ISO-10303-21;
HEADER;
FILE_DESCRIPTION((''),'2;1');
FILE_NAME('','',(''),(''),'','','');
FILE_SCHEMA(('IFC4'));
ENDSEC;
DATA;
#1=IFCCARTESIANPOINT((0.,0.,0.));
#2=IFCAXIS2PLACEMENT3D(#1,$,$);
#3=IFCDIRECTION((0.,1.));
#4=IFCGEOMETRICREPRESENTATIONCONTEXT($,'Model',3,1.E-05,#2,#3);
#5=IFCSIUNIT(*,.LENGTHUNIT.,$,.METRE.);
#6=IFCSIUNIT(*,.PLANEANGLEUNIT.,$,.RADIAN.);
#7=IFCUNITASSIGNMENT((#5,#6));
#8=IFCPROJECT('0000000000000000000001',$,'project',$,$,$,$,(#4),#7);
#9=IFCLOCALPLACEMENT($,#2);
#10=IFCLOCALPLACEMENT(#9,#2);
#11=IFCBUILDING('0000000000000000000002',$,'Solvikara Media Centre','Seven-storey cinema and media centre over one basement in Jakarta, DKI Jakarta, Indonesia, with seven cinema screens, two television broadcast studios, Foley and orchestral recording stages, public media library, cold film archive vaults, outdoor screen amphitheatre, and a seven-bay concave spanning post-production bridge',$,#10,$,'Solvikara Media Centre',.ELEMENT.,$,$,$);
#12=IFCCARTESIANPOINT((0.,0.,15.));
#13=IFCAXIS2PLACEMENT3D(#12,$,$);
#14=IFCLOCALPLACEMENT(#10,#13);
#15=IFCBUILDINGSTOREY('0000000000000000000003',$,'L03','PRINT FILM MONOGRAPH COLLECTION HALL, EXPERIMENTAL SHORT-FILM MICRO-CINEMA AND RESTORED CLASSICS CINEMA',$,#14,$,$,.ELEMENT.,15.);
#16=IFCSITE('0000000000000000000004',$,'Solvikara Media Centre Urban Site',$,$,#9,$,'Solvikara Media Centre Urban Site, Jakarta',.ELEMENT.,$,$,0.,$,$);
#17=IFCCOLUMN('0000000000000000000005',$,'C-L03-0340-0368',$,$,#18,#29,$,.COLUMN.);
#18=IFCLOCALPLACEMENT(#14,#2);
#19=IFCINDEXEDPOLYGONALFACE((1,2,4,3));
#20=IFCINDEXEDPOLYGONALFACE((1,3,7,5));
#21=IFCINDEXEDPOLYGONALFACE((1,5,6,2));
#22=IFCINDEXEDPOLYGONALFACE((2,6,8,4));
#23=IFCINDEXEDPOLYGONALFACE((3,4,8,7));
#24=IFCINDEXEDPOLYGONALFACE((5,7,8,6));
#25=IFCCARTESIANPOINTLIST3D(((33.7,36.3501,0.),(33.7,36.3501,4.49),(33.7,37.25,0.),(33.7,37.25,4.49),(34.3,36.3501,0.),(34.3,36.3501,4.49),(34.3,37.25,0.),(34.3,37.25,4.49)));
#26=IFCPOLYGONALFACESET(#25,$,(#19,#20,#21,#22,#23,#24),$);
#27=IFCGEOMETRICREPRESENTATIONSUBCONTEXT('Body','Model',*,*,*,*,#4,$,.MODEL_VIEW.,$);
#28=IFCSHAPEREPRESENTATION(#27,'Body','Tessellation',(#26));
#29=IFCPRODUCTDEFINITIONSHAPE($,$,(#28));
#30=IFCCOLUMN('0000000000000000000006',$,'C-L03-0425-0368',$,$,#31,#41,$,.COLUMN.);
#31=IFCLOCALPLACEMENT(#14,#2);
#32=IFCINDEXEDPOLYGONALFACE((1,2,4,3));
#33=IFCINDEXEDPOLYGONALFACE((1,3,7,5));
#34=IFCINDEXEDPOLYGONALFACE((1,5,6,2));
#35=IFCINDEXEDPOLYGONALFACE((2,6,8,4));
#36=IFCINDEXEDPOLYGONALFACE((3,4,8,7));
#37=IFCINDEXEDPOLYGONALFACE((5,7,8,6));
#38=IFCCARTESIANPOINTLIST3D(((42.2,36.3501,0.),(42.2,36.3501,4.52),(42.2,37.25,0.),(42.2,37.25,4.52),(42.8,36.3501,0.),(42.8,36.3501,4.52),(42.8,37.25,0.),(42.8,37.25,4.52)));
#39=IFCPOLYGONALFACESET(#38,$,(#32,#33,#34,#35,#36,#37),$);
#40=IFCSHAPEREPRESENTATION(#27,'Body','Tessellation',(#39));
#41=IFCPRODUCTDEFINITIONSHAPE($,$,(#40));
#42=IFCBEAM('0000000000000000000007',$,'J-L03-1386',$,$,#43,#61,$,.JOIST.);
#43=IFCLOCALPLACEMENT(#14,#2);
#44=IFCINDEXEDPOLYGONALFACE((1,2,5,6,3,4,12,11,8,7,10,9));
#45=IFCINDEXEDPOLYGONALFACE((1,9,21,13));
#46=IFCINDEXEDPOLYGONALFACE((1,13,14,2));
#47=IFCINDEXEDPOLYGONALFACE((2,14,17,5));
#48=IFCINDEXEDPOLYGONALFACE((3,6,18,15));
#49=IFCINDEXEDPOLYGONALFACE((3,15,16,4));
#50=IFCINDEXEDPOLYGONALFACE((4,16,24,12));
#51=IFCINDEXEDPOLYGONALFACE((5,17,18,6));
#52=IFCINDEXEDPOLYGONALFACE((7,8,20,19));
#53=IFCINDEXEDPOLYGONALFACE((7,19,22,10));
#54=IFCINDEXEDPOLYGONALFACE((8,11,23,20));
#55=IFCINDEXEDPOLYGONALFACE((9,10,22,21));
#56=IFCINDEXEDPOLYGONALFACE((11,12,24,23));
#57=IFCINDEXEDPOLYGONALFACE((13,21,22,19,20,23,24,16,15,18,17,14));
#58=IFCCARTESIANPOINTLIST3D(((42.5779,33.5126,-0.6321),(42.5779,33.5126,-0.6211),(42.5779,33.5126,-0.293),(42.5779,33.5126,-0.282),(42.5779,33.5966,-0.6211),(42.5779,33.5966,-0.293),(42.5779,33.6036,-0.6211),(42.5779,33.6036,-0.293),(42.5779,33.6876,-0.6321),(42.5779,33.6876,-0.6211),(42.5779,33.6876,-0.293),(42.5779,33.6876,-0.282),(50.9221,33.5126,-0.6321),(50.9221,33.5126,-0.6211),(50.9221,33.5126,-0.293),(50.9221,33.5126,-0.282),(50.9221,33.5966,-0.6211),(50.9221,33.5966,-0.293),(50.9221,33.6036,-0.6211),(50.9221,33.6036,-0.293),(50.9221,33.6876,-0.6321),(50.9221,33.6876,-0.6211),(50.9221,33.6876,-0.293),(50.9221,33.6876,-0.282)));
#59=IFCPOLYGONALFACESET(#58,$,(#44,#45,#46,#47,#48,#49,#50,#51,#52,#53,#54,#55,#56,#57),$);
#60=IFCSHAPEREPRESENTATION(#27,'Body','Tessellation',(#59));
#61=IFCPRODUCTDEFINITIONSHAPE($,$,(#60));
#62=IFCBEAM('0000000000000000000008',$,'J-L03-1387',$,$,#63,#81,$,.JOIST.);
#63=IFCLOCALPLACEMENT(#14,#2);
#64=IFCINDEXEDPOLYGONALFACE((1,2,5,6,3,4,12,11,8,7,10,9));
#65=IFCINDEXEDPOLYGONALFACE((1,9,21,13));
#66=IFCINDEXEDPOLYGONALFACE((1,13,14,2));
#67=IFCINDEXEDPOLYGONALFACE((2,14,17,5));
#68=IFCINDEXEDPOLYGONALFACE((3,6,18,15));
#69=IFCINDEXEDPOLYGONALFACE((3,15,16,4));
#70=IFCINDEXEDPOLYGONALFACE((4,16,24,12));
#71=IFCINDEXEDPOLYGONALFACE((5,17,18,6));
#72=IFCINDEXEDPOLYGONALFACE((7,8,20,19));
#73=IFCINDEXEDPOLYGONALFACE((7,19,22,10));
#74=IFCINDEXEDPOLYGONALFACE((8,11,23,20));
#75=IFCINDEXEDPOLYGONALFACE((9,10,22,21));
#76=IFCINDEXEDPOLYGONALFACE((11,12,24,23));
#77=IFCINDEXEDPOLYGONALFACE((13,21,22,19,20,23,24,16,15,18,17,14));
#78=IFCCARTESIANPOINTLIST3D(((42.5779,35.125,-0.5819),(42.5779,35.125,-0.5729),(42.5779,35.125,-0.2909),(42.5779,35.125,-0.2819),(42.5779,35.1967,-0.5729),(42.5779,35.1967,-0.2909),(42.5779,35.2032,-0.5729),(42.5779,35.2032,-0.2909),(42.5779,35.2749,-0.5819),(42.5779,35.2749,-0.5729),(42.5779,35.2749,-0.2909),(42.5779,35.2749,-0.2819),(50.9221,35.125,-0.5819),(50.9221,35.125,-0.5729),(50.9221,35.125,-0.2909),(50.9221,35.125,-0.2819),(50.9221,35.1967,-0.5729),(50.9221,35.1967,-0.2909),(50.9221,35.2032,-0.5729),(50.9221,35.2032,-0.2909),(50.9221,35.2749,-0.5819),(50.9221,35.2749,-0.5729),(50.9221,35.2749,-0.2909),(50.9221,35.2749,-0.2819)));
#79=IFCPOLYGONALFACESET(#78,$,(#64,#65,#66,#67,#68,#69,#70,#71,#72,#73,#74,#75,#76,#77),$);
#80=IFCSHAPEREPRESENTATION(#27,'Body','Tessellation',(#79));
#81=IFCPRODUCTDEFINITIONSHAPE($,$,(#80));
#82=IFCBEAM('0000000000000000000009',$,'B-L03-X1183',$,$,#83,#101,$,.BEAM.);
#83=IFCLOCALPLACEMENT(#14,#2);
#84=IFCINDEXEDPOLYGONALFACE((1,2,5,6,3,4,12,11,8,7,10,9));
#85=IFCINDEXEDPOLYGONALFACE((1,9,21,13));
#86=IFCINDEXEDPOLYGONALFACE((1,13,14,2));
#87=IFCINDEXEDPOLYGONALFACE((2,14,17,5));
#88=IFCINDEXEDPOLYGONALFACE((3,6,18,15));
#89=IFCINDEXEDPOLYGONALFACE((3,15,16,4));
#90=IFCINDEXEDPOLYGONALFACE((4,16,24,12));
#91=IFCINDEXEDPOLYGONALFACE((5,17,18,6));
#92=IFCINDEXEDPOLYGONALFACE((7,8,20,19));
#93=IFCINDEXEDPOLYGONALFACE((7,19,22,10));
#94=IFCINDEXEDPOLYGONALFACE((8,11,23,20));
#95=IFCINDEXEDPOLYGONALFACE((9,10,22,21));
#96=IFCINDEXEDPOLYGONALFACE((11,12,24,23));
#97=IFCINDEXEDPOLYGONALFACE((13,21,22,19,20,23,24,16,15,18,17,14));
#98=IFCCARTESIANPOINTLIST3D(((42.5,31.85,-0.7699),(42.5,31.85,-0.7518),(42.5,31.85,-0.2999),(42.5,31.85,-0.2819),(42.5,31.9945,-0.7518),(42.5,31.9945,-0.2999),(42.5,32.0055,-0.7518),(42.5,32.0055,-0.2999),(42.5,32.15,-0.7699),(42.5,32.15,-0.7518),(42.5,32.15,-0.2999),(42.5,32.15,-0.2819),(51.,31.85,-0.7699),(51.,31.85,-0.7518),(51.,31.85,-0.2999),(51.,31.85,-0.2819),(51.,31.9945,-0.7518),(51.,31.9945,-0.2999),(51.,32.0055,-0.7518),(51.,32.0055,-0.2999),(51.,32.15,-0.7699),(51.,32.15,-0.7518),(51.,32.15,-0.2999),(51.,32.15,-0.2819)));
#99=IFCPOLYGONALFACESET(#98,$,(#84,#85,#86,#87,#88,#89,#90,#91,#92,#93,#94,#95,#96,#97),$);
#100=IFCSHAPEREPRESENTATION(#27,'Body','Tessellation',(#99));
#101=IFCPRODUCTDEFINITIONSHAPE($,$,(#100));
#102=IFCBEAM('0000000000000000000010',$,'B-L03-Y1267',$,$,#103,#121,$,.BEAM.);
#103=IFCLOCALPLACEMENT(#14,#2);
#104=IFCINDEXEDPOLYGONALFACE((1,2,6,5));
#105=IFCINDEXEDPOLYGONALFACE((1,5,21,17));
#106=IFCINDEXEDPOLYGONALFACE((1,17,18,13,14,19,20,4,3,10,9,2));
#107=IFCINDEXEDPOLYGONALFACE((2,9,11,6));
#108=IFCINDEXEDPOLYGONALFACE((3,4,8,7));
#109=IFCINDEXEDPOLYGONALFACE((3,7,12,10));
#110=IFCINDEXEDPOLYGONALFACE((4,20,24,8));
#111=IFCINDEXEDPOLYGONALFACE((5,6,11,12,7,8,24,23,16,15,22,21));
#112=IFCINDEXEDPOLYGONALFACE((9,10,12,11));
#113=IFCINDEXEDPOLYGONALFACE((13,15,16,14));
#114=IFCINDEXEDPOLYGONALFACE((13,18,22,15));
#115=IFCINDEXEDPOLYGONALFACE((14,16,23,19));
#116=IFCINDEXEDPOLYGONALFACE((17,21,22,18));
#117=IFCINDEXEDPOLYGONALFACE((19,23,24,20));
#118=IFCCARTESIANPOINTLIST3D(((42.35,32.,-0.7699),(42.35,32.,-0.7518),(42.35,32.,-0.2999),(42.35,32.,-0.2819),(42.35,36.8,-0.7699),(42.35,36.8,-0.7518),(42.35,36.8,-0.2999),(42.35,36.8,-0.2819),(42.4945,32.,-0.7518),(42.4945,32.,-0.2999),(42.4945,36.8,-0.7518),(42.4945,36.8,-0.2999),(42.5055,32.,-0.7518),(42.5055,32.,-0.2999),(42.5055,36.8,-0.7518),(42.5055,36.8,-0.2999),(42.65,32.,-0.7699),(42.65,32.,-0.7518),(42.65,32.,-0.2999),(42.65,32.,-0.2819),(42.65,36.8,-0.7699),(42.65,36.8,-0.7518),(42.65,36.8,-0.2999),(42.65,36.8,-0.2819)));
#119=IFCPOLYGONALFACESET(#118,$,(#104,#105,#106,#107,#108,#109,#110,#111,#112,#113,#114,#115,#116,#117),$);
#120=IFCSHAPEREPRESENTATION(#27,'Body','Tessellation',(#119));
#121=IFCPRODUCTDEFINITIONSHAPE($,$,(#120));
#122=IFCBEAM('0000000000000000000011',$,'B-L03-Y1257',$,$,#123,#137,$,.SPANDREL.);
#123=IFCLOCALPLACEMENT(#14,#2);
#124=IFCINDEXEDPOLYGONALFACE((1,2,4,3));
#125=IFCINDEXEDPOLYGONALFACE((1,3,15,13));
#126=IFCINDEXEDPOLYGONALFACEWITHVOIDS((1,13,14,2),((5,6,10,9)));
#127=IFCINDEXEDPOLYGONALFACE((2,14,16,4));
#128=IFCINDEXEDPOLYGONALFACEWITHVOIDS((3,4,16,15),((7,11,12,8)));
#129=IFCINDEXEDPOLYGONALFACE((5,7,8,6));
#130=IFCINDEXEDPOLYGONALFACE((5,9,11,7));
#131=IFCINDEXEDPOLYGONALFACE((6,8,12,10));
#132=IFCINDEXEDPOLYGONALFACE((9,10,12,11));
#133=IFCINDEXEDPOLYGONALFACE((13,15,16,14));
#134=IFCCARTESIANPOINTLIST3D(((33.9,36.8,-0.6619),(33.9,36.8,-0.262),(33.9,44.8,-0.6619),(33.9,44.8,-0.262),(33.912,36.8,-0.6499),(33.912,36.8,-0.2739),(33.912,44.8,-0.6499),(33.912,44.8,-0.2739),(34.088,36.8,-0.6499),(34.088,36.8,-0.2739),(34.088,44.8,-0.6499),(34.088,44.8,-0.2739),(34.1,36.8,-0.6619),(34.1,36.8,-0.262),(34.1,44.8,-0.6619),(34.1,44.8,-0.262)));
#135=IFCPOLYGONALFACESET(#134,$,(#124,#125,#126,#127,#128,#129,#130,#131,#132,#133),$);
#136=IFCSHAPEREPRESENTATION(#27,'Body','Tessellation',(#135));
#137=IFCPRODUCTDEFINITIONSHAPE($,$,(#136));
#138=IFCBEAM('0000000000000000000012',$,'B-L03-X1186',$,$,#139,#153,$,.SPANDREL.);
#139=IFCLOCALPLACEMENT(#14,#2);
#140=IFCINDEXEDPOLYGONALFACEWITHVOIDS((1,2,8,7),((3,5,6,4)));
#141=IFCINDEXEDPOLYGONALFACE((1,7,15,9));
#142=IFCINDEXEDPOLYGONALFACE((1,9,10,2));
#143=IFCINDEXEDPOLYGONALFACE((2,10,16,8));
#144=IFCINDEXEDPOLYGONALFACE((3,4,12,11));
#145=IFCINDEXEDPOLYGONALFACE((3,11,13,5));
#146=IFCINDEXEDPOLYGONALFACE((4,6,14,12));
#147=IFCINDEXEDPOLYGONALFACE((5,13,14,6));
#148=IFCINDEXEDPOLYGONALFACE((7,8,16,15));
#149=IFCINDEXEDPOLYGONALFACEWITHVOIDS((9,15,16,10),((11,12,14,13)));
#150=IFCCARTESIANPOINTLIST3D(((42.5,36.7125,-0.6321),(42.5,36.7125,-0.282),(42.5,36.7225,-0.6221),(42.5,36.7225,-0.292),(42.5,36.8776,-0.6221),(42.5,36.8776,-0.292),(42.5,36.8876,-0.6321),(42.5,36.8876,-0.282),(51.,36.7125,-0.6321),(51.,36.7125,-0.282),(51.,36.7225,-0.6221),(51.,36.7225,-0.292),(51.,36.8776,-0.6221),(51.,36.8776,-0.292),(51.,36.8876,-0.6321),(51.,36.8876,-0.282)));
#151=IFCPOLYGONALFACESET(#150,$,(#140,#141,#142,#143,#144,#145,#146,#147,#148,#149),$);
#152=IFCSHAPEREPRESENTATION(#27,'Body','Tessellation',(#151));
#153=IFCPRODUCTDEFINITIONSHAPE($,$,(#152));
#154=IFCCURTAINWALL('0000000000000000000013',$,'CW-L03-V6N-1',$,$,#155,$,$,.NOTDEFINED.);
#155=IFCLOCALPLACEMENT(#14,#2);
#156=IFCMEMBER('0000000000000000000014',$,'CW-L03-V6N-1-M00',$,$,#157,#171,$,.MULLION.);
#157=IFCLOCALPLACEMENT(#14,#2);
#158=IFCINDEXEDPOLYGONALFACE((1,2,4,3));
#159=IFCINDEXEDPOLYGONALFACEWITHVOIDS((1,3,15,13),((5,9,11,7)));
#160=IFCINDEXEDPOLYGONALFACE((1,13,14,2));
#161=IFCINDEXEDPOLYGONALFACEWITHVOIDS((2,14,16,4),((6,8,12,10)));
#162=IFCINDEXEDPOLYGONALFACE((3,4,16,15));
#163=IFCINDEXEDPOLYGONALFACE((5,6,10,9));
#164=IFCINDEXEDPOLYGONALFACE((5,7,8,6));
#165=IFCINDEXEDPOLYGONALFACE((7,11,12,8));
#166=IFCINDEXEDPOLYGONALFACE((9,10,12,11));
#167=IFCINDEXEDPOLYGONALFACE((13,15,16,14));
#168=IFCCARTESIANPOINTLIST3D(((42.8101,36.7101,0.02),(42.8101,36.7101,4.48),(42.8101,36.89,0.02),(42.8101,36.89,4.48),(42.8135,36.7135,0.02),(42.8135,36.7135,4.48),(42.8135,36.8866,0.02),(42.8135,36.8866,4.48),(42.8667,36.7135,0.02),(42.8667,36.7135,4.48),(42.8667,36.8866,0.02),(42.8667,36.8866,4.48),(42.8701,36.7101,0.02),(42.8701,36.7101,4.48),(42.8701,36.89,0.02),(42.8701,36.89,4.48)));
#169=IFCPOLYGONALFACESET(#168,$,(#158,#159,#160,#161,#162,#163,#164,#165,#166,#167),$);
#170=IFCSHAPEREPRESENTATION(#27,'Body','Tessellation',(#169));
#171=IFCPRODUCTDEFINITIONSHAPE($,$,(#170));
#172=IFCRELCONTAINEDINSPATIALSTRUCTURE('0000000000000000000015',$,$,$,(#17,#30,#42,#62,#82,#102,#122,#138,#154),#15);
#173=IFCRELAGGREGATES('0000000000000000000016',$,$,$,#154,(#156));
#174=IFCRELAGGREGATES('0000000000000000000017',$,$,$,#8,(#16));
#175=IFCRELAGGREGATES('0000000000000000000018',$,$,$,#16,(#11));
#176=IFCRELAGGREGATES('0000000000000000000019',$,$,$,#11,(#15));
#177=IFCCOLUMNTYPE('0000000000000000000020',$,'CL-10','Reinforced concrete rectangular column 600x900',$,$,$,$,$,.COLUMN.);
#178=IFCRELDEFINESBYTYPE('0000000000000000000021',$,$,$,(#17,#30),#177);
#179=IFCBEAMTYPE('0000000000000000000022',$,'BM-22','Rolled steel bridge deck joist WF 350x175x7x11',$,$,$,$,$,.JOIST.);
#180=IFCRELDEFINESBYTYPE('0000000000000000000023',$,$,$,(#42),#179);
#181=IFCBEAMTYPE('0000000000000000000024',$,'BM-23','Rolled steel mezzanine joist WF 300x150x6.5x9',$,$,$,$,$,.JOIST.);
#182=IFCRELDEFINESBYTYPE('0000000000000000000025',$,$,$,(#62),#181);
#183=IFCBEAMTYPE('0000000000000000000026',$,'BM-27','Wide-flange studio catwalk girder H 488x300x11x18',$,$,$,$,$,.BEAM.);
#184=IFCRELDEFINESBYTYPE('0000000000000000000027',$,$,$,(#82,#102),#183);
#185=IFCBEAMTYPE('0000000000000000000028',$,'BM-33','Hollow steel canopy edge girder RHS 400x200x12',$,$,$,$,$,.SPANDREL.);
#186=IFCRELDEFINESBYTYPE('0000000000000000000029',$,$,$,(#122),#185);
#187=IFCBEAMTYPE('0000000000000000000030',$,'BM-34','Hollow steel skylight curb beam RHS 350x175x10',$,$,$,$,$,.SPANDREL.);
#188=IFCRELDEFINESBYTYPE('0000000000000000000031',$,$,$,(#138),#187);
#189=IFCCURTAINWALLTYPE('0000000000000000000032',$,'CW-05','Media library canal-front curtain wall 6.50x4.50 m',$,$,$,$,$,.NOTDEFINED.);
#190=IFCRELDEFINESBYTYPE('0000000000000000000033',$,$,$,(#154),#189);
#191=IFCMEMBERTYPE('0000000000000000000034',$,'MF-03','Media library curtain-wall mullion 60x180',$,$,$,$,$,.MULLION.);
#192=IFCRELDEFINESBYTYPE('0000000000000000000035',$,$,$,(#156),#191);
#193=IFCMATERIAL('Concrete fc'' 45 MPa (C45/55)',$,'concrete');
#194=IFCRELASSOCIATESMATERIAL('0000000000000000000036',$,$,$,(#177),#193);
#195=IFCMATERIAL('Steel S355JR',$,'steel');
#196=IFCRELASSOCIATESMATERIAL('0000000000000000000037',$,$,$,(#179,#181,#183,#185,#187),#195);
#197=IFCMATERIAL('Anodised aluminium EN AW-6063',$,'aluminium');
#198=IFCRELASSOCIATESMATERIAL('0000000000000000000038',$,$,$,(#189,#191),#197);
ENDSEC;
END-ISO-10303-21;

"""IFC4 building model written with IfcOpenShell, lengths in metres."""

from ifc_helpers import new_model, si_unit, direction, frame, origin, origin_2d, place, context, subcontext, project, spatial, rectangle, hollow_rectangle, i_section, extrude, material, material_profile, profile_set, type_object, element, aggregate, save


model = new_model("IFC4")

# Units and contexts
model_context = context("Model", 3, precision=1e-05, world=origin(), true_north=direction((0.0, 1.0)))
body_context = subcontext(model_context, "Body", "Model", "MODEL_VIEW")
ifc_project = project(units=[si_unit("LENGTHUNIT", "METRE"), si_unit("PLANEANGLEUNIT", "RADIAN")], contexts=[model_context])

# Site, building, storey
site_placement = place(None, origin())
site = spatial("IfcSite", under=ifc_project, at=site_placement, Name="Solvikara Media Centre Urban Site", LongName="Solvikara Media Centre Urban Site, Jakarta", CompositionType="ELEMENT", RefElevation=0.0)
building_placement = place(site_placement, origin())
building = spatial("IfcBuilding", under=site, at=building_placement, Name="Solvikara Media Centre", Description="Seven-storey cinema and media centre over one basement in Jakarta, DKI Jakarta, Indonesia, with seven cinema screens, two television broadcast studios, Foley and orchestral recording stages, public media library, cold film archive vaults, outdoor screen amphitheatre, and a seven-bay concave spanning post-production bridge", LongName="Solvikara Media Centre", CompositionType="ELEMENT")
storey_placement = place(building_placement, frame((0.0, 0.0, 15.0)))
storey = spatial("IfcBuildingStorey", under=building, at=storey_placement, Name="L03", Description="PRINT FILM MONOGRAPH COLLECTION HALL, EXPERIMENTAL SHORT-FILM MICRO-CINEMA AND RESTORED CLASSICS CINEMA", CompositionType="ELEMENT", Elevation=15.0)

# Columns
ifc_material_1 = material(Name="Concrete fc' 45 MPa (C45/55)", Category="concrete")
ifc_material_profile_1 = material_profile(ifc_material_1, rectangle(XDim=0.6001, YDim=0.8999, at=origin_2d()), Name="RC 600x900")
ifc_profile_set_1 = profile_set([ifc_material_profile_1], Name="Concrete fc' 45 MPa (C45/55)")
column_type = type_object("IfcColumnType", Name="CL-10", Description="Reinforced concrete rectangular column 600x900", PredefinedType="COLUMN", material=ifc_profile_set_1)
column_1_placement = place(storey_placement, frame((34.0, 36.8, 0.0), z_axis=(0.0, 0.0, 1.0), x_axis=(1.0, 0.0, 0.0)))
element("IfcColumn", 1, at=column_1_placement, inside=storey, type_object=column_type, Name="C-L03-0340-0368", PredefinedType="COLUMN", context=body_context, shape_type="SweptSolid", body=[
    extrude(rectangle(XDim=0.6001, YDim=0.8999, at=origin_2d()), origin(), (0.0, 0.0, 1.0), 4.49),
])
column_2_placement = place(storey_placement, frame((42.5, 36.8, 0.0), z_axis=(0.0, 0.0, 1.0), x_axis=(1.0, 0.0, 0.0)))
element("IfcColumn", 2, at=column_2_placement, inside=storey, type_object=column_type, Name="C-L03-0425-0368", PredefinedType="COLUMN", context=body_context, shape_type="SweptSolid", body=[
    extrude(rectangle(XDim=0.6001, YDim=0.8999, at=origin_2d()), origin(), (0.0, 0.0, 1.0), 4.52),
])

# Beams
ifc_material_2 = material(Name="Steel S355JR", Category="steel")
ifc_material_profile_2 = material_profile(ifc_material_2, i_section(OverallWidth=0.175, OverallDepth=0.3501, WebThickness=0.0071, FlangeThickness=0.011, at=origin_2d()), Name="WF 350x175x7x11")
ifc_profile_set_2 = profile_set([ifc_material_profile_2], Name="Steel S355JR")
beam_type_1 = type_object("IfcBeamType", Name="BM-22", Description="Rolled steel bridge deck joist WF 350x175x7x11", PredefinedType="JOIST", material=ifc_profile_set_2)
beam_1_placement = place(storey_placement, frame((42.5779, 33.6001, -0.457), z_axis=(1.0, 0.0, 0.0), x_axis=(0.0, 1.0, 0.0)))
element("IfcBeam", 3, at=beam_1_placement, inside=storey, type_object=beam_type_1, Name="J-L03-1386", PredefinedType="JOIST", context=body_context, shape_type="SweptSolid", body=[
    extrude(i_section(OverallWidth=0.175, OverallDepth=0.3501, WebThickness=0.0071, FlangeThickness=0.011, at=origin_2d()), origin(), (0.0, 0.0, 1.0), 8.3442),
])
ifc_material_profile_3 = material_profile(ifc_material_2, i_section(OverallWidth=0.1499, OverallDepth=0.3, WebThickness=0.0066, FlangeThickness=0.009, at=origin_2d()), Name="WF 300x150x6.5x9")
ifc_profile_set_3 = profile_set([ifc_material_profile_3], Name="Steel S355JR")
beam_type_2 = type_object("IfcBeamType", Name="BM-23", Description="Rolled steel mezzanine joist WF 300x150x6.5x9", PredefinedType="JOIST", material=ifc_profile_set_3)
beam_2_placement = place(storey_placement, frame((42.5779, 35.2, -0.4319), z_axis=(1.0, 0.0, 0.0), x_axis=(0.0, 1.0, 0.0)))
element("IfcBeam", 4, at=beam_2_placement, inside=storey, type_object=beam_type_2, Name="J-L03-1387", PredefinedType="JOIST", context=body_context, shape_type="SweptSolid", body=[
    extrude(i_section(OverallWidth=0.1499, OverallDepth=0.3, WebThickness=0.0066, FlangeThickness=0.009, at=origin_2d()), origin(), (0.0, 0.0, 1.0), 8.3442),
])
ifc_material_profile_4 = material_profile(ifc_material_2, i_section(OverallWidth=0.3, OverallDepth=0.488, WebThickness=0.011, FlangeThickness=0.0181, at=origin_2d()), Name="H 488x300x11x18")
ifc_profile_set_4 = profile_set([ifc_material_profile_4], Name="Steel S355JR")
beam_type_3 = type_object("IfcBeamType", Name="BM-27", Description="Wide-flange studio catwalk girder H 488x300x11x18", PredefinedType="BEAM", material=ifc_profile_set_4)
beam_3_placement = place(storey_placement, frame((42.5, 32.0, -0.5259), z_axis=(1.0, 0.0, 0.0), x_axis=(0.0, 1.0, 0.0)))
element("IfcBeam", 5, at=beam_3_placement, inside=storey, type_object=beam_type_3, Name="B-L03-X1183", PredefinedType="BEAM", context=body_context, shape_type="SweptSolid", body=[
    extrude(i_section(OverallWidth=0.3, OverallDepth=0.488, WebThickness=0.011, FlangeThickness=0.0181, at=origin_2d()), origin(), (0.0, 0.0, 1.0), 8.5),
])
beam_4_placement = place(storey_placement, frame((42.5, 32.0, -0.5259), z_axis=(0.0, 1.0, 0.0), x_axis=(-1.0, 0.0, 0.0)))
element("IfcBeam", 6, at=beam_4_placement, inside=storey, type_object=beam_type_3, Name="B-L03-Y1267", PredefinedType="BEAM", context=body_context, shape_type="SweptSolid", body=[
    extrude(i_section(OverallWidth=0.3, OverallDepth=0.488, WebThickness=0.011, FlangeThickness=0.0181, at=origin_2d()), origin(), (0.0, 0.0, 1.0), 4.8),
])
ifc_material_profile_5 = material_profile(ifc_material_2, hollow_rectangle(XDim=0.2, YDim=0.3999, WallThickness=0.012, at=origin_2d()), Name="RHS 400x200x12")
ifc_profile_set_5 = profile_set([ifc_material_profile_5], Name="Steel S355JR")
beam_type_4 = type_object("IfcBeamType", Name="BM-33", Description="Hollow steel canopy edge girder RHS 400x200x12", PredefinedType="SPANDREL", material=ifc_profile_set_5)
beam_5_placement = place(storey_placement, frame((34.0, 36.8, -0.4619), z_axis=(0.0, 1.0, 0.0), x_axis=(-1.0, 0.0, 0.0)))
element("IfcBeam", 7, at=beam_5_placement, inside=storey, type_object=beam_type_4, Name="B-L03-Y1257", PredefinedType="SPANDREL", context=body_context, shape_type="SweptSolid", body=[
    extrude(hollow_rectangle(XDim=0.2, YDim=0.3999, WallThickness=0.012, at=origin_2d()), origin(), (0.0, 0.0, 1.0), 8.0),
])
ifc_material_profile_6 = material_profile(ifc_material_2, hollow_rectangle(XDim=0.175, YDim=0.3501, WallThickness=0.01, at=origin_2d()), Name="RHS 350x175x10")
ifc_profile_set_6 = profile_set([ifc_material_profile_6], Name="Steel S355JR")
beam_type_5 = type_object("IfcBeamType", Name="BM-34", Description="Hollow steel skylight curb beam RHS 350x175x10", PredefinedType="SPANDREL", material=ifc_profile_set_6)
beam_6_placement = place(storey_placement, frame((42.5, 36.8, -0.457), z_axis=(1.0, 0.0, 0.0), x_axis=(0.0, 1.0, 0.0)))
element("IfcBeam", 8, at=beam_6_placement, inside=storey, type_object=beam_type_5, Name="B-L03-X1186", PredefinedType="SPANDREL", context=body_context, shape_type="SweptSolid", body=[
    extrude(hollow_rectangle(XDim=0.175, YDim=0.3501, WallThickness=0.01, at=origin_2d()), origin(), (0.0, 0.0, 1.0), 8.5),
])

# Curtain wall, member
ifc_material_3 = material(Name="Anodised aluminium EN AW-6063", Category="aluminium")
curtain_wall_type = type_object("IfcCurtainWallType", Name="CW-05", Description="Media library canal-front curtain wall 6.50x4.50 m", PredefinedType="NOTDEFINED", material=ifc_material_3)
curtain_wall_placement = place(storey_placement, origin())
curtain_wall = element("IfcCurtainWall", 9, at=curtain_wall_placement, inside=storey, type_object=curtain_wall_type, Name="CW-L03-V6N-1", PredefinedType="NOTDEFINED")
ifc_material_profile_7 = material_profile(ifc_material_3, hollow_rectangle(XDim=0.0601, YDim=0.1799, WallThickness=0.0034, at=origin_2d()), Name="ALU-M 60x180x3.5")
ifc_profile_set_7 = profile_set([ifc_material_profile_7], Name="Anodised aluminium EN AW-6063")
member_type_1 = type_object("IfcMemberType", Name="MF-03", Description="Media library curtain-wall mullion 60x180", PredefinedType="MULLION", material=ifc_profile_set_7)
member_1_placement = place(storey_placement, frame((42.8401, 36.8, 0.02), z_axis=(0.0, 0.0, 1.0), x_axis=(1.0, 0.0, 0.0)))
member_1 = element("IfcMember", 10, at=member_1_placement, type_object=member_type_1, Name="CW-L03-V6N-1-M00", PredefinedType="MULLION", context=body_context, shape_type="SweptSolid", body=[
    extrude(hollow_rectangle(XDim=0.0601, YDim=0.1799, WallThickness=0.0034, at=origin_2d()), origin(), (0.0, 0.0, 1.0), 4.46),
])
aggregate(curtain_wall, [member_1])

save(model, "model.ifc")
